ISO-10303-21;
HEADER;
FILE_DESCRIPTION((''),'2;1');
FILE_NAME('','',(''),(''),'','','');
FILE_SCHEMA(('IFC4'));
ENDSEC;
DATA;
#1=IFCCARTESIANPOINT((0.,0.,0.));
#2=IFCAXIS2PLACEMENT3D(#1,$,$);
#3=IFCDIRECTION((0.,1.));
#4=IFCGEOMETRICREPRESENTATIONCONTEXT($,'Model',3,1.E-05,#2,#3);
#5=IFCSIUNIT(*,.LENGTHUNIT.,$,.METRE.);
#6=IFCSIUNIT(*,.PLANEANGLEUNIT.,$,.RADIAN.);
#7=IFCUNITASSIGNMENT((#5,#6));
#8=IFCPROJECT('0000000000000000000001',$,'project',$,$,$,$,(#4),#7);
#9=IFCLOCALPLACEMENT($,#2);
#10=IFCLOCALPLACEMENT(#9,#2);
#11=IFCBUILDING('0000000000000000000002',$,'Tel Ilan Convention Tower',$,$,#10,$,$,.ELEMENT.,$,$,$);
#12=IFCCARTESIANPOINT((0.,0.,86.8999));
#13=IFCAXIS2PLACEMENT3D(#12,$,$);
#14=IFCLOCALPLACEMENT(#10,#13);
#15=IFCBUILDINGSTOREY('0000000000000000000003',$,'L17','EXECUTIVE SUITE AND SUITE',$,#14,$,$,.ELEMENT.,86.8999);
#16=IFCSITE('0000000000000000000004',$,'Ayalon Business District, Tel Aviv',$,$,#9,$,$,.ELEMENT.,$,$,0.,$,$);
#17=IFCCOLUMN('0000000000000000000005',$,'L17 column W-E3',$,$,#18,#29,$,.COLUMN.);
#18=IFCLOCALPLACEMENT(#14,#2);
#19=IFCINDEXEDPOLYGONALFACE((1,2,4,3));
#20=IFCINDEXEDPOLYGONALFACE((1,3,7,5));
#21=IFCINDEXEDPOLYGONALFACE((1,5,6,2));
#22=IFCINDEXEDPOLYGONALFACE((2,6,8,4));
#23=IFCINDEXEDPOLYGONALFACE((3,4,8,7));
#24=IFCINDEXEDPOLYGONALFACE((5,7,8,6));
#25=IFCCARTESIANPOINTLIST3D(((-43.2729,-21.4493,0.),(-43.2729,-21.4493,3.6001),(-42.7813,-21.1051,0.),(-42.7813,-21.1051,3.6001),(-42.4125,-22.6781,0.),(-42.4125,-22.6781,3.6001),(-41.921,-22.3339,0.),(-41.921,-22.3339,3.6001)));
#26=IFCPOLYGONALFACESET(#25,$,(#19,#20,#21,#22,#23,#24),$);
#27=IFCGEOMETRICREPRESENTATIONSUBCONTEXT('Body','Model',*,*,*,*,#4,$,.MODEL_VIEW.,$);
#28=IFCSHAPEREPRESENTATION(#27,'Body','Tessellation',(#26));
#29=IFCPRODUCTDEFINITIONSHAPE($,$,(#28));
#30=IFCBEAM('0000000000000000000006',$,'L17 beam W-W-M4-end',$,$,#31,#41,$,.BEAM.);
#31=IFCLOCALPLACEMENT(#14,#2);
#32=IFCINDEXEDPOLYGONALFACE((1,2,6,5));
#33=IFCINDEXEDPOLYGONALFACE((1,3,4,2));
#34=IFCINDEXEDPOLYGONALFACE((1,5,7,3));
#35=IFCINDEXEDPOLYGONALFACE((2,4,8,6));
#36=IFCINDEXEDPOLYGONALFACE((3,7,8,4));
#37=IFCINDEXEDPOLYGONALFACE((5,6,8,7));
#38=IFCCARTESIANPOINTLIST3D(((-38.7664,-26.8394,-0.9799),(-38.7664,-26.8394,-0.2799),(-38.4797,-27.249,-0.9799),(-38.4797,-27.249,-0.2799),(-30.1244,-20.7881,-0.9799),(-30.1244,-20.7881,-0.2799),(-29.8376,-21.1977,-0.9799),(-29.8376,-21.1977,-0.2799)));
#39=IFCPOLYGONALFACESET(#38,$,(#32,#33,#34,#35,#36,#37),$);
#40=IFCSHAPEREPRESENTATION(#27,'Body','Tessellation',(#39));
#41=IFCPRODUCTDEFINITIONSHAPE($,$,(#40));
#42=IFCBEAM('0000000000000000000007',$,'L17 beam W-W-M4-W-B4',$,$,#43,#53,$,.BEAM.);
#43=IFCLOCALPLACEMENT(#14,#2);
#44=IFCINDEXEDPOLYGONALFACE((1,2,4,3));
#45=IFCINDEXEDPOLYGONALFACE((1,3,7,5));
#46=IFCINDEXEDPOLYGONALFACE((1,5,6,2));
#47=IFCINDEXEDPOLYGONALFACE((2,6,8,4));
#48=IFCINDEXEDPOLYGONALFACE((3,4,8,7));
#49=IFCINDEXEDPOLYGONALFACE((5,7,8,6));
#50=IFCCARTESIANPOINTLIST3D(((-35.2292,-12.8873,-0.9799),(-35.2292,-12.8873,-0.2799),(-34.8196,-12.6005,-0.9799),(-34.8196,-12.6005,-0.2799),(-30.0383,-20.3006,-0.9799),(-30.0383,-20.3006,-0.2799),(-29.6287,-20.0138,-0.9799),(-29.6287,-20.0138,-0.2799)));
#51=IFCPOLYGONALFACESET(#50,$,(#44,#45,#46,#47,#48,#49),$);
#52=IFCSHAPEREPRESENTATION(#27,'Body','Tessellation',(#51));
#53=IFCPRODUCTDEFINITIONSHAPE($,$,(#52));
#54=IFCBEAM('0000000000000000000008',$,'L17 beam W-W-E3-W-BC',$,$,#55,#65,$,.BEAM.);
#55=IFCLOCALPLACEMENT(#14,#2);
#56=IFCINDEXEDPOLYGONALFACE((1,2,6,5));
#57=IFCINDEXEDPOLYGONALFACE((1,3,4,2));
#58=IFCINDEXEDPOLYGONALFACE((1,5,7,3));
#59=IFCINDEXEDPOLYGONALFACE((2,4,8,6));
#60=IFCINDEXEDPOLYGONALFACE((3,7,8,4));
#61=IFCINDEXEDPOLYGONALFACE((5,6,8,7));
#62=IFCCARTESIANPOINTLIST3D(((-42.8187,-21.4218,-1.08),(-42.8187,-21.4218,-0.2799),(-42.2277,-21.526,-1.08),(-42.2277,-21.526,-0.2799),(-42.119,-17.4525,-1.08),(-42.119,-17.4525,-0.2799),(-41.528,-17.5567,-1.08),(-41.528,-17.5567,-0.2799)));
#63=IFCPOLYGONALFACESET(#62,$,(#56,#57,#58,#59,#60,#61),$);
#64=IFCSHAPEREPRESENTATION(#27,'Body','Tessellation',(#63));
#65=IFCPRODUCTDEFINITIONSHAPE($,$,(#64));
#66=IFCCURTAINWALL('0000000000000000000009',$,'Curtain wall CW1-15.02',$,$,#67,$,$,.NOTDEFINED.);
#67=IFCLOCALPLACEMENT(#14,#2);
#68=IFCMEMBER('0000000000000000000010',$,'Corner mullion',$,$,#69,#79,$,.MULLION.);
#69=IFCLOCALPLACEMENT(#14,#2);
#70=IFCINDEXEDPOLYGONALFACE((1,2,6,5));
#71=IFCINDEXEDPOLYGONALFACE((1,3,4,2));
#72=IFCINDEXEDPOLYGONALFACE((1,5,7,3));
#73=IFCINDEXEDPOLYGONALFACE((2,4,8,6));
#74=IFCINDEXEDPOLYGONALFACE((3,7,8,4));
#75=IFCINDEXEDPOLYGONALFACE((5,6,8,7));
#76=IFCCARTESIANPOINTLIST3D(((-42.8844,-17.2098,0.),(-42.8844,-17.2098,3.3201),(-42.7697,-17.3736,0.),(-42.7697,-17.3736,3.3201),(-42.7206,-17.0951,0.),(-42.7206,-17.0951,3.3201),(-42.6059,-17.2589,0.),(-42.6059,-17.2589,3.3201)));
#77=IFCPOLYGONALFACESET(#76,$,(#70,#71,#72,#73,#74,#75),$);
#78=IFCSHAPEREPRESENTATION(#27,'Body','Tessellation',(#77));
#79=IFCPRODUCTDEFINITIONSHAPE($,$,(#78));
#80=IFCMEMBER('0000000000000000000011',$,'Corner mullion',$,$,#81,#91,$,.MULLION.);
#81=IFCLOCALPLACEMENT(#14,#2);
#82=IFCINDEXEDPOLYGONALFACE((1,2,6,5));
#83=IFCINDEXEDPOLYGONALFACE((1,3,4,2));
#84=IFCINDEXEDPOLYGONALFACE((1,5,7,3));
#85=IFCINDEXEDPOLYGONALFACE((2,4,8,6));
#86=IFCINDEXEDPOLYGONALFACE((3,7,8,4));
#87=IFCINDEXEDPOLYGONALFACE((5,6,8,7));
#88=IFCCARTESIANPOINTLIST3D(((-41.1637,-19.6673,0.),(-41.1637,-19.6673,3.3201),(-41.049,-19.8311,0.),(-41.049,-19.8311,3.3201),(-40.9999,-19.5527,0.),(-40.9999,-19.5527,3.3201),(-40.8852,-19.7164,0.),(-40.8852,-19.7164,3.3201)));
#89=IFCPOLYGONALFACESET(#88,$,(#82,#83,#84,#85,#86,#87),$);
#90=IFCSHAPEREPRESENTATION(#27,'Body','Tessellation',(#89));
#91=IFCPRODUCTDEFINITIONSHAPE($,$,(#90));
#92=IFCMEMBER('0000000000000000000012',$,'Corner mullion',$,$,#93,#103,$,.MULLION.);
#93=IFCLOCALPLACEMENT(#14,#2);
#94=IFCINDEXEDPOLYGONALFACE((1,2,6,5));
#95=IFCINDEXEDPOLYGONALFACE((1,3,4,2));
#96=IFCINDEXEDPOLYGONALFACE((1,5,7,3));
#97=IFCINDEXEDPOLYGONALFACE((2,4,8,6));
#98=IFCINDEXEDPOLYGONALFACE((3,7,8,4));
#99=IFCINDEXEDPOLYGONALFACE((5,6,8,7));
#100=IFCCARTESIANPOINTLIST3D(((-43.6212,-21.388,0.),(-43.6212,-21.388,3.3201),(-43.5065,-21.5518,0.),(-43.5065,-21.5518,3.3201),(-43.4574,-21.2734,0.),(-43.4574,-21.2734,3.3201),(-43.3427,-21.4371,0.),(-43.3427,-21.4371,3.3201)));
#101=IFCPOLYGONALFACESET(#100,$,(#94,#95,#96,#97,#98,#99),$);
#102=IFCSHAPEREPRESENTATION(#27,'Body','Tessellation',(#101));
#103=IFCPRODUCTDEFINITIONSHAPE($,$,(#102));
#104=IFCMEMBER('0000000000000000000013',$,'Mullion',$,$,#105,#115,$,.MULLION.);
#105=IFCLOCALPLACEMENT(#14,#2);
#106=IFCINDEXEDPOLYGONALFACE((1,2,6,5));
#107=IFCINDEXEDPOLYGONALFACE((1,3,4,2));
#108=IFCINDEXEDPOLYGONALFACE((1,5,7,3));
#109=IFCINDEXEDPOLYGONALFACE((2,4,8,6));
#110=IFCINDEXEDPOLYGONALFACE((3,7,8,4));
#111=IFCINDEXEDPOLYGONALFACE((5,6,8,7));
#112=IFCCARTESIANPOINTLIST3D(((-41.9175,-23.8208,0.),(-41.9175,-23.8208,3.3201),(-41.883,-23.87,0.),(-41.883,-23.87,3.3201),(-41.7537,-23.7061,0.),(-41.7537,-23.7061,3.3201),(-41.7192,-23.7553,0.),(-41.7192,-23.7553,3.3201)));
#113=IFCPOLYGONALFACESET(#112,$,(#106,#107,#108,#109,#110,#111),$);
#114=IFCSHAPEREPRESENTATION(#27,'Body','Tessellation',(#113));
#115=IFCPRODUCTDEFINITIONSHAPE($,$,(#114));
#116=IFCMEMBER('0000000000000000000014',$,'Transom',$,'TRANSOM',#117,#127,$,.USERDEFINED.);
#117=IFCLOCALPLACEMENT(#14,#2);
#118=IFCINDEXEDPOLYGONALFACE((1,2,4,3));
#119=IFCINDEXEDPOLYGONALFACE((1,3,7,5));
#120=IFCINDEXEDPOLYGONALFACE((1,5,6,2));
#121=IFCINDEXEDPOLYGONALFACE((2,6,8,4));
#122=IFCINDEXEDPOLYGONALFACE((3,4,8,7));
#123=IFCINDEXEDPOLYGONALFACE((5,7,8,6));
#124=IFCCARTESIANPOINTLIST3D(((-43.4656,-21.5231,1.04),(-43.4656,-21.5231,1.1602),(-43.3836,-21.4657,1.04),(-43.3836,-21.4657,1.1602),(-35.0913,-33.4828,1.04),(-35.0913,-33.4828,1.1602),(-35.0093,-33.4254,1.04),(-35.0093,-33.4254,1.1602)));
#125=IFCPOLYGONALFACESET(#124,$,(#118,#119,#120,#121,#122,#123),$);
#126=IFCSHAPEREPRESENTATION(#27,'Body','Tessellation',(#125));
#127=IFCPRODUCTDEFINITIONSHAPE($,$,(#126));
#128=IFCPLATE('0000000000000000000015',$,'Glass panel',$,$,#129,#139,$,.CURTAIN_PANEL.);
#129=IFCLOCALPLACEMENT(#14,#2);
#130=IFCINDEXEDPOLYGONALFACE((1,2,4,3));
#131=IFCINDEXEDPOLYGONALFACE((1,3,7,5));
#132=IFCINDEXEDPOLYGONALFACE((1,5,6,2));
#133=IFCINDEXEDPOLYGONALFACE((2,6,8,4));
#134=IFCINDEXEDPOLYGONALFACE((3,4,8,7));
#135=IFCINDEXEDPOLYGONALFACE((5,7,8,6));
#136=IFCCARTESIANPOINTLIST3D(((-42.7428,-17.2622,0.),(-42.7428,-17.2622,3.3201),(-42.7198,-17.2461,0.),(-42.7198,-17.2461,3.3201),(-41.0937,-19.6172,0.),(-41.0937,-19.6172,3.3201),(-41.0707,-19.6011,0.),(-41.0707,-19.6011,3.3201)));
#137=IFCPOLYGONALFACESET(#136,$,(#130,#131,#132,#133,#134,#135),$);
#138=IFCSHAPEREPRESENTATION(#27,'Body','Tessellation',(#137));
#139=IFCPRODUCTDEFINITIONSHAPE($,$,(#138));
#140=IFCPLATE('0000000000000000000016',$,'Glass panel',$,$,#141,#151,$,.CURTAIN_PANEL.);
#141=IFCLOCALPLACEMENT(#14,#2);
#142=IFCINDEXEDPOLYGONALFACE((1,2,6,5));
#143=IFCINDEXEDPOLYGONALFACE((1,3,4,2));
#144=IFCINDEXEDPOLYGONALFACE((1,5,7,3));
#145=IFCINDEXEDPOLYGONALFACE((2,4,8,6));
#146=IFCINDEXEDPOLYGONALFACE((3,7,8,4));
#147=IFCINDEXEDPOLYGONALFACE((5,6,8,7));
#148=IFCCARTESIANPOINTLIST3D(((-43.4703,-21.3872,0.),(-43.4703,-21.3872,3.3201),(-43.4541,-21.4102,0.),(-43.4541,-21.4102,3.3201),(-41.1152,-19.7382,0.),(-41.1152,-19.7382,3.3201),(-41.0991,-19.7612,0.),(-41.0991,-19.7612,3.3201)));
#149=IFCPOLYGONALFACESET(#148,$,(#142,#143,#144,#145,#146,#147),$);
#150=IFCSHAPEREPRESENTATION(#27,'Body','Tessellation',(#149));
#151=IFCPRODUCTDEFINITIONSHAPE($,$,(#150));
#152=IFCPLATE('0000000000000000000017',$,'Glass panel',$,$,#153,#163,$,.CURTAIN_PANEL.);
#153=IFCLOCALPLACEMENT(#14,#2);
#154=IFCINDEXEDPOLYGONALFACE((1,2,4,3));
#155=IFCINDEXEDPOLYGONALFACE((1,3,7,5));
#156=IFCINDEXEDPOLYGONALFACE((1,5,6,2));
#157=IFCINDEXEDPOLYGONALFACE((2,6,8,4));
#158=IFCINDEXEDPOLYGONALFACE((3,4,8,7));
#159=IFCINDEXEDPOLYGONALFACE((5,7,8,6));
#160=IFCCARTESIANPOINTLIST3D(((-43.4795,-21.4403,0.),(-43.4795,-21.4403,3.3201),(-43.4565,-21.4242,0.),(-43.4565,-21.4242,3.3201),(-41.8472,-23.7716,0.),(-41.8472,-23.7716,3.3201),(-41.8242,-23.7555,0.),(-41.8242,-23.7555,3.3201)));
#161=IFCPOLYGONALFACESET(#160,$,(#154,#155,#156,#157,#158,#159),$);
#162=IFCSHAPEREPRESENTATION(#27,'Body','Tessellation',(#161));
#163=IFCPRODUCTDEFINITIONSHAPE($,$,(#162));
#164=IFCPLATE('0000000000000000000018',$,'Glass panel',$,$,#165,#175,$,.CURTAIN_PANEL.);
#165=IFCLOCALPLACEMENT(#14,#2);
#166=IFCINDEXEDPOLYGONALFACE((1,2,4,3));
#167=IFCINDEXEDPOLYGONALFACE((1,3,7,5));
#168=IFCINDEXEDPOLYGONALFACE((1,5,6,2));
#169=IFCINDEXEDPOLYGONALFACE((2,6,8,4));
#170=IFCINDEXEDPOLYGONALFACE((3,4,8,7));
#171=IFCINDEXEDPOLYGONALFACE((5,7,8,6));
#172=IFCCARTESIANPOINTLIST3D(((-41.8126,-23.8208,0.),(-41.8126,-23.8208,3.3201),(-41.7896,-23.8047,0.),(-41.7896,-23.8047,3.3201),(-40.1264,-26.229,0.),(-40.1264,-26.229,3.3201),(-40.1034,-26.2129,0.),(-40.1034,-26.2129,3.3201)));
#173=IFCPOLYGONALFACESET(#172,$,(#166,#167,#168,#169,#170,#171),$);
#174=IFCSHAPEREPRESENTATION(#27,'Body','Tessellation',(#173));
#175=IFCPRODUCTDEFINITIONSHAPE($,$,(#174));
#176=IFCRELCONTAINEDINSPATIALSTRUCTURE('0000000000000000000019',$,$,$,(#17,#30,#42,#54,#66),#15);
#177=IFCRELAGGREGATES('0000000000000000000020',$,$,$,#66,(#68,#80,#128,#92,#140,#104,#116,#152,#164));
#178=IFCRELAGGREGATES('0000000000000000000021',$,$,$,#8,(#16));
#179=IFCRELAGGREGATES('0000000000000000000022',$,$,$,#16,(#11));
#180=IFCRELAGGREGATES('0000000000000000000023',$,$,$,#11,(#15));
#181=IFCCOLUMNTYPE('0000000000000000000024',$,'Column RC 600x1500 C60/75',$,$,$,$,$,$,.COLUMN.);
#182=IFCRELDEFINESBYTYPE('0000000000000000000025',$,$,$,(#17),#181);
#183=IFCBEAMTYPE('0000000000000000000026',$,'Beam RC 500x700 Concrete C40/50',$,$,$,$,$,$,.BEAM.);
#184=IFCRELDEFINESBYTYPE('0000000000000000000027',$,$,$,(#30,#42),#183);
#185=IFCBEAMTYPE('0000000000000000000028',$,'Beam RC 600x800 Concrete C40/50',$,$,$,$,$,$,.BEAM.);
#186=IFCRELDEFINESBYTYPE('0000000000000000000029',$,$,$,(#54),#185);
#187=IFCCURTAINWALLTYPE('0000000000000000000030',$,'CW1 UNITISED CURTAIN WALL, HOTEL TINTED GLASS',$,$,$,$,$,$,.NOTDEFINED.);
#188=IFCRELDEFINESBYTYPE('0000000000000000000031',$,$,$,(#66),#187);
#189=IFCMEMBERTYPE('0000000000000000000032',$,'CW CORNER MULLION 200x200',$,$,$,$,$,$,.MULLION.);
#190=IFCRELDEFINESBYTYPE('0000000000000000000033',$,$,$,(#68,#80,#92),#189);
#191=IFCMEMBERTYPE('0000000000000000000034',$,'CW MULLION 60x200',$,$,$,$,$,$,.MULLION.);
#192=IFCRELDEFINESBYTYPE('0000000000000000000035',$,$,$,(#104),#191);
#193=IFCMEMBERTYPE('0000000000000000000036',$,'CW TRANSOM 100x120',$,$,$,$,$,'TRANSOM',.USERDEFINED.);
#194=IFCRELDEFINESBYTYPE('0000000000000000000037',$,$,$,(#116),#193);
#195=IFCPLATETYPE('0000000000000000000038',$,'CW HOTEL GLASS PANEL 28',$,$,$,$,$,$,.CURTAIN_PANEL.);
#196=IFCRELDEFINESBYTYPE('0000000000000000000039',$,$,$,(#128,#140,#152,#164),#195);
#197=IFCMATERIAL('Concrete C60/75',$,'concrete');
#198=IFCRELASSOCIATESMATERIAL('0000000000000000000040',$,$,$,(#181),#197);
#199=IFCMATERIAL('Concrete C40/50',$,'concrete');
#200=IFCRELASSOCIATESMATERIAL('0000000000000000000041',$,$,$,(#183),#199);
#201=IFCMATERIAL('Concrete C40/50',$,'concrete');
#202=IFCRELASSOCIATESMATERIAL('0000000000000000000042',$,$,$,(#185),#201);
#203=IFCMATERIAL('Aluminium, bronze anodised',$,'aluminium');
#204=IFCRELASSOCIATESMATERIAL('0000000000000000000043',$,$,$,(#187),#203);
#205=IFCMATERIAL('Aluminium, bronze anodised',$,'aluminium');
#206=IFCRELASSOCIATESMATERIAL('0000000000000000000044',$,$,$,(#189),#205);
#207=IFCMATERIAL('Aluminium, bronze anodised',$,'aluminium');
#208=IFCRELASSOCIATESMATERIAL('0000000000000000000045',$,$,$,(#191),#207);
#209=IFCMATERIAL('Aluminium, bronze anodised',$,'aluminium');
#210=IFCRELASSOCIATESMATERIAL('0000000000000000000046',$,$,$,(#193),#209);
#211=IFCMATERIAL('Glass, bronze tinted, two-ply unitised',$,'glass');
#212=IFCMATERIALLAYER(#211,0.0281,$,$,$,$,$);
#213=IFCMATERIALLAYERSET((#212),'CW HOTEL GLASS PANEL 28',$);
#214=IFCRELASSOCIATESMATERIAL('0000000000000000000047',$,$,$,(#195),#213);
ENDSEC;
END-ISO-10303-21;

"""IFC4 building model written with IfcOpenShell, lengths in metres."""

from ifc_helpers import new_model, si_unit, direction, frame, origin, origin_2d, place, context, subcontext, project, spatial, rectangle, extrude, material, layer, layer_set, material_profile, profile_set, type_object, element, aggregate, save


model = new_model("IFC4")

# Units and contexts
model_context = context("Model", 3, precision=1e-05, world=origin(), true_north=direction((0.0, 1.0)))
body_context = subcontext(model_context, "Body", "Model", "MODEL_VIEW")
ifc_project = project(units=[si_unit("LENGTHUNIT", "METRE"), si_unit("PLANEANGLEUNIT", "RADIAN")], contexts=[model_context])

# Site, building, storey
site_placement = place(None, origin())
site = spatial("IfcSite", under=ifc_project, at=site_placement, Name="Ayalon Business District, Tel Aviv", CompositionType="ELEMENT", RefElevation=0.0)
building_placement = place(site_placement, origin())
building = spatial("IfcBuilding", under=site, at=building_placement, Name="Tel Ilan Convention Tower", CompositionType="ELEMENT")
storey_placement = place(building_placement, frame((0.0, 0.0, 86.8999)))
storey = spatial("IfcBuildingStorey", under=building, at=storey_placement, Name="L17", Description="EXECUTIVE SUITE AND SUITE", CompositionType="ELEMENT", Elevation=86.8999)

# Column
ifc_material_1 = material(Name="Concrete C60/75", Category="concrete")
ifc_material_profile_1 = material_profile(ifc_material_1, rectangle(XDim=1.5, YDim=0.6001, at=origin_2d()), Name="RC 600x1500")
ifc_profile_set_1 = profile_set([ifc_material_profile_1], Name="Concrete C60/75")
column_type = type_object("IfcColumnType", Name="Column RC 600x1500 C60/75", PredefinedType="COLUMN", material=ifc_profile_set_1)
column_placement = place(storey_placement, frame((-42.5969, -21.8916, 0.0), z_axis=(0.0, 0.0, 1.0), x_axis=(-0.573576, 0.819152, 0.0)))
element("IfcColumn", 1, at=column_placement, inside=storey, type_object=column_type, Name="L17 column W-E3", PredefinedType="COLUMN", context=body_context, shape_type="SweptSolid", body=[
    extrude(rectangle(XDim=1.5, YDim=0.6001, at=origin_2d()), origin(), (0.0, 0.0, 1.0), 3.6001),
])

# Beams
ifc_material_2 = material(Name="Concrete C40/50", Category="concrete")
ifc_material_profile_2 = material_profile(ifc_material_2, rectangle(XDim=0.5, YDim=0.7, at=origin_2d()), Name="RC 500x700")
ifc_profile_set_2 = profile_set([ifc_material_profile_2], Name="Concrete C40/50")
beam_type_1 = type_object("IfcBeamType", Name="Beam RC 500x700 Concrete C40/50", PredefinedType="BEAM", material=ifc_profile_set_2)
beam_1_placement = place(storey_placement, frame((-29.981, -20.9929, -0.6299), z_axis=(-0.819151, -0.573577, 0.0), x_axis=(0.573577, -0.819151, 0.0)))
element("IfcBeam", 2, at=beam_1_placement, inside=storey, type_object=beam_type_1, Name="L17 beam W-W-M4-end", PredefinedType="BEAM", context=body_context, shape_type="SweptSolid", body=[
    extrude(rectangle(XDim=0.5, YDim=0.7, at=origin_2d()), origin(), (0.0, 0.0, 1.0), 10.55),
])
beam_2_placement = place(storey_placement, frame((-29.8335, -20.1572, -0.6299), z_axis=(-0.57358, 0.81915, 0.0), x_axis=(-0.81915, -0.57358, 0.0)))
element("IfcBeam", 3, at=beam_2_placement, inside=storey, type_object=beam_type_1, Name="L17 beam W-W-M4-W-B4", PredefinedType="BEAM", context=body_context, shape_type="SweptSolid", body=[
    extrude(rectangle(XDim=0.5, YDim=0.7, at=origin_2d()), origin(), (0.0, 0.0, 1.0), 9.05),
])
ifc_material_3 = material(Name="Concrete C40/50", Category="concrete")
ifc_material_profile_3 = material_profile(ifc_material_3, rectangle(XDim=0.6001, YDim=0.8, at=origin_2d()), Name="RC 600x800")
ifc_profile_set_3 = profile_set([ifc_material_profile_3], Name="Concrete C40/50")
beam_type_2 = type_object("IfcBeamType", Name="Beam RC 600x800 Concrete C40/50", PredefinedType="BEAM", material=ifc_profile_set_3)
beam_3_placement = place(storey_placement, frame((-42.5232, -21.4739, -0.6799), z_axis=(0.173606, 0.984815, 0.0), x_axis=(-0.984815, 0.173606, 0.0)))
element("IfcBeam", 4, at=beam_3_placement, inside=storey, type_object=beam_type_2, Name="L17 beam W-W-E3-W-BC", PredefinedType="BEAM", context=body_context, shape_type="SweptSolid", body=[
    extrude(rectangle(XDim=0.6001, YDim=0.8, at=origin_2d()), origin(), (0.0, 0.0, 1.0), 4.0305),
])

# Curtain wall, members, plates
ifc_material_4 = material(Name="Aluminium, bronze anodised", Category="aluminium")
curtain_wall_type = type_object("IfcCurtainWallType", Name="CW1 UNITISED CURTAIN WALL, HOTEL TINTED GLASS", PredefinedType="NOTDEFINED", material=ifc_material_4)
curtain_wall_placement = place(storey_placement, origin())
curtain_wall = element("IfcCurtainWall", 5, at=curtain_wall_placement, inside=storey, type_object=curtain_wall_type, Name="Curtain wall CW1-15.02", PredefinedType="NOTDEFINED")
ifc_material_5 = material(Name="Aluminium, bronze anodised", Category="aluminium")
ifc_material_profile_4 = material_profile(ifc_material_5, rectangle(XDim=0.2, YDim=0.2, at=origin_2d()), Name="CW CORNER MULLION 200x200")
ifc_profile_set_4 = profile_set([ifc_material_profile_4], Name="Aluminium, bronze anodised")
member_type_1 = type_object("IfcMemberType", Name="CW CORNER MULLION 200x200", PredefinedType="MULLION", material=ifc_profile_set_4)
member_1_placement = place(storey_placement, frame((-42.7451, -17.2344, 0.0), z_axis=(0.0, 0.0, 1.0), x_axis=(-0.819152, -0.573576, 0.0)))
member_1 = element("IfcMember", 6, at=member_1_placement, type_object=member_type_1, Name="Corner mullion", PredefinedType="MULLION", context=body_context, shape_type="SweptSolid", body=[
    extrude(rectangle(XDim=0.2, YDim=0.2, at=origin_2d()), origin(), (0.0, 0.0, 1.0), 3.3201),
])
member_2_placement = place(storey_placement, frame((-41.0244, -19.6919, 0.0), z_axis=(0.0, 0.0, 1.0), x_axis=(0.573576, -0.819152, 0.0)))
member_2 = element("IfcMember", 7, at=member_2_placement, type_object=member_type_1, Name="Corner mullion", PredefinedType="MULLION", context=body_context, shape_type="SweptSolid", body=[
    extrude(rectangle(XDim=0.2, YDim=0.2, at=origin_2d()), origin(), (0.0, 0.0, 1.0), 3.3201),
])
member_3_placement = place(storey_placement, frame((-43.4819, -21.4126, 0.0), z_axis=(0.0, 0.0, 1.0), x_axis=(-0.819152, -0.573576, 0.0)))
member_3 = element("IfcMember", 8, at=member_3_placement, type_object=member_type_1, Name="Corner mullion", PredefinedType="MULLION", context=body_context, shape_type="SweptSolid", body=[
    extrude(rectangle(XDim=0.2, YDim=0.2, at=origin_2d()), origin(), (0.0, 0.0, 1.0), 3.3201),
])
ifc_material_6 = material(Name="Aluminium, bronze anodised", Category="aluminium")
ifc_material_profile_5 = material_profile(ifc_material_6, rectangle(XDim=0.0601, YDim=0.2, at=origin_2d()), Name="CW MULLION 60x200")
ifc_profile_set_5 = profile_set([ifc_material_profile_5], Name="Aluminium, bronze anodised")
member_type_2 = type_object("IfcMemberType", Name="CW MULLION 60x200", PredefinedType="MULLION", material=ifc_profile_set_5)
member_4_placement = place(storey_placement, frame((-41.8184, -23.7881, 0.0), z_axis=(0.0, 0.0, 1.0), x_axis=(0.573576, -0.819152, 0.0)))
member_4 = element("IfcMember", 9, at=member_4_placement, type_object=member_type_2, Name="Mullion", PredefinedType="MULLION", context=body_context, shape_type="SweptSolid", body=[
    extrude(rectangle(XDim=0.0601, YDim=0.2, at=origin_2d()), origin(), (0.0, 0.0, 1.0), 3.3201),
])
ifc_material_7 = material(Name="Aluminium, bronze anodised", Category="aluminium")
ifc_material_profile_6 = material_profile(ifc_material_7, rectangle(XDim=0.1001, YDim=0.1201, at=origin_2d()), Name="CW TRANSOM 100x120")
ifc_profile_set_6 = profile_set([ifc_material_profile_6], Name="Aluminium, bronze anodised")
member_type_3 = type_object("IfcMemberType", Name="CW TRANSOM 100x120", ElementType="TRANSOM", PredefinedType="USERDEFINED", material=ifc_profile_set_6)
member_5_placement = place(storey_placement, frame((-43.4246, -21.4944, 1.1001), z_axis=(0.573576, -0.819153, 0.0), x_axis=(0.819153, 0.573576, 0.0)))
member_5 = element("IfcMember", 10, at=member_5_placement, type_object=member_type_3, Name="Transom", ObjectType="TRANSOM", PredefinedType="USERDEFINED", context=body_context, shape_type="SweptSolid", body=[
    extrude(rectangle(XDim=0.1001, YDim=0.1201, at=origin_2d()), origin(), (0.0, 0.0, 1.0), 14.6001),
])
ifc_material_8 = material(Name="Glass, bronze tinted, two-ply unitised", Category="glass")
ifc_layer_1 = layer(ifc_material_8, 0.0281)
ifc_layer_set_1 = layer_set([ifc_layer_1], Name="CW HOTEL GLASS PANEL 28")
plate_type = type_object("IfcPlateType", Name="CW HOTEL GLASS PANEL 28", PredefinedType="CURTAIN_PANEL", material=ifc_layer_set_1)
plate_1_placement = place(storey_placement, frame((-41.9067, -18.4316, 0.0), z_axis=(0.0, 0.0, 1.0), x_axis=(0.573576, -0.819152, 0.0)))
plate_1 = element("IfcPlate", 11, at=plate_1_placement, type_object=plate_type, Name="Glass panel", PredefinedType="CURTAIN_PANEL", context=body_context, shape_type="SweptSolid", body=[
    extrude(rectangle(XDim=2.875, YDim=0.0281, at=origin_2d()), origin(), (0.0, 0.0, 1.0), 3.3201),
])
plate_2_placement = place(storey_placement, frame((-42.2847, -20.5742, 0.0), z_axis=(0.0, 0.0, 1.0), x_axis=(-0.819152, -0.573576, 0.0)))
plate_2 = element("IfcPlate", 12, at=plate_2_placement, type_object=plate_type, Name="Glass panel", PredefinedType="CURTAIN_PANEL", context=body_context, shape_type="SweptSolid", body=[
    extrude(rectangle(XDim=2.875, YDim=0.0281, at=origin_2d()), origin(), (0.0, 0.0, 1.0), 3.3201),
])
plate_3_placement = place(storey_placement, frame((-42.6519, -22.5979, 0.0), z_axis=(0.0, 0.0, 1.0), x_axis=(0.573576, -0.819152, 0.0)))
plate_3 = element("IfcPlate", 13, at=plate_3_placement, type_object=plate_type, Name="Glass panel", PredefinedType="CURTAIN_PANEL", context=body_context, shape_type="SweptSolid", body=[
    extrude(rectangle(XDim=2.8459, YDim=0.0281, at=origin_2d()), origin(), (0.0, 0.0, 1.0), 3.3201),
])
plate_4_placement = place(storey_placement, frame((-40.958, -25.0168, 0.0), z_axis=(0.0, 0.0, 1.0), x_axis=(0.573576, -0.819152, 0.0)))
plate_4 = element("IfcPlate", 14, at=plate_4_placement, type_object=plate_type, Name="Glass panel", PredefinedType="CURTAIN_PANEL", context=body_context, shape_type="SweptSolid", body=[
    extrude(rectangle(XDim=2.9399, YDim=0.0281, at=origin_2d()), origin(), (0.0, 0.0, 1.0), 3.3201),
])
aggregate(curtain_wall, [member_1, member_2, plate_1, member_3, plate_2, member_4, member_5, plate_3, plate_4])

save(model, "model.ifc")
